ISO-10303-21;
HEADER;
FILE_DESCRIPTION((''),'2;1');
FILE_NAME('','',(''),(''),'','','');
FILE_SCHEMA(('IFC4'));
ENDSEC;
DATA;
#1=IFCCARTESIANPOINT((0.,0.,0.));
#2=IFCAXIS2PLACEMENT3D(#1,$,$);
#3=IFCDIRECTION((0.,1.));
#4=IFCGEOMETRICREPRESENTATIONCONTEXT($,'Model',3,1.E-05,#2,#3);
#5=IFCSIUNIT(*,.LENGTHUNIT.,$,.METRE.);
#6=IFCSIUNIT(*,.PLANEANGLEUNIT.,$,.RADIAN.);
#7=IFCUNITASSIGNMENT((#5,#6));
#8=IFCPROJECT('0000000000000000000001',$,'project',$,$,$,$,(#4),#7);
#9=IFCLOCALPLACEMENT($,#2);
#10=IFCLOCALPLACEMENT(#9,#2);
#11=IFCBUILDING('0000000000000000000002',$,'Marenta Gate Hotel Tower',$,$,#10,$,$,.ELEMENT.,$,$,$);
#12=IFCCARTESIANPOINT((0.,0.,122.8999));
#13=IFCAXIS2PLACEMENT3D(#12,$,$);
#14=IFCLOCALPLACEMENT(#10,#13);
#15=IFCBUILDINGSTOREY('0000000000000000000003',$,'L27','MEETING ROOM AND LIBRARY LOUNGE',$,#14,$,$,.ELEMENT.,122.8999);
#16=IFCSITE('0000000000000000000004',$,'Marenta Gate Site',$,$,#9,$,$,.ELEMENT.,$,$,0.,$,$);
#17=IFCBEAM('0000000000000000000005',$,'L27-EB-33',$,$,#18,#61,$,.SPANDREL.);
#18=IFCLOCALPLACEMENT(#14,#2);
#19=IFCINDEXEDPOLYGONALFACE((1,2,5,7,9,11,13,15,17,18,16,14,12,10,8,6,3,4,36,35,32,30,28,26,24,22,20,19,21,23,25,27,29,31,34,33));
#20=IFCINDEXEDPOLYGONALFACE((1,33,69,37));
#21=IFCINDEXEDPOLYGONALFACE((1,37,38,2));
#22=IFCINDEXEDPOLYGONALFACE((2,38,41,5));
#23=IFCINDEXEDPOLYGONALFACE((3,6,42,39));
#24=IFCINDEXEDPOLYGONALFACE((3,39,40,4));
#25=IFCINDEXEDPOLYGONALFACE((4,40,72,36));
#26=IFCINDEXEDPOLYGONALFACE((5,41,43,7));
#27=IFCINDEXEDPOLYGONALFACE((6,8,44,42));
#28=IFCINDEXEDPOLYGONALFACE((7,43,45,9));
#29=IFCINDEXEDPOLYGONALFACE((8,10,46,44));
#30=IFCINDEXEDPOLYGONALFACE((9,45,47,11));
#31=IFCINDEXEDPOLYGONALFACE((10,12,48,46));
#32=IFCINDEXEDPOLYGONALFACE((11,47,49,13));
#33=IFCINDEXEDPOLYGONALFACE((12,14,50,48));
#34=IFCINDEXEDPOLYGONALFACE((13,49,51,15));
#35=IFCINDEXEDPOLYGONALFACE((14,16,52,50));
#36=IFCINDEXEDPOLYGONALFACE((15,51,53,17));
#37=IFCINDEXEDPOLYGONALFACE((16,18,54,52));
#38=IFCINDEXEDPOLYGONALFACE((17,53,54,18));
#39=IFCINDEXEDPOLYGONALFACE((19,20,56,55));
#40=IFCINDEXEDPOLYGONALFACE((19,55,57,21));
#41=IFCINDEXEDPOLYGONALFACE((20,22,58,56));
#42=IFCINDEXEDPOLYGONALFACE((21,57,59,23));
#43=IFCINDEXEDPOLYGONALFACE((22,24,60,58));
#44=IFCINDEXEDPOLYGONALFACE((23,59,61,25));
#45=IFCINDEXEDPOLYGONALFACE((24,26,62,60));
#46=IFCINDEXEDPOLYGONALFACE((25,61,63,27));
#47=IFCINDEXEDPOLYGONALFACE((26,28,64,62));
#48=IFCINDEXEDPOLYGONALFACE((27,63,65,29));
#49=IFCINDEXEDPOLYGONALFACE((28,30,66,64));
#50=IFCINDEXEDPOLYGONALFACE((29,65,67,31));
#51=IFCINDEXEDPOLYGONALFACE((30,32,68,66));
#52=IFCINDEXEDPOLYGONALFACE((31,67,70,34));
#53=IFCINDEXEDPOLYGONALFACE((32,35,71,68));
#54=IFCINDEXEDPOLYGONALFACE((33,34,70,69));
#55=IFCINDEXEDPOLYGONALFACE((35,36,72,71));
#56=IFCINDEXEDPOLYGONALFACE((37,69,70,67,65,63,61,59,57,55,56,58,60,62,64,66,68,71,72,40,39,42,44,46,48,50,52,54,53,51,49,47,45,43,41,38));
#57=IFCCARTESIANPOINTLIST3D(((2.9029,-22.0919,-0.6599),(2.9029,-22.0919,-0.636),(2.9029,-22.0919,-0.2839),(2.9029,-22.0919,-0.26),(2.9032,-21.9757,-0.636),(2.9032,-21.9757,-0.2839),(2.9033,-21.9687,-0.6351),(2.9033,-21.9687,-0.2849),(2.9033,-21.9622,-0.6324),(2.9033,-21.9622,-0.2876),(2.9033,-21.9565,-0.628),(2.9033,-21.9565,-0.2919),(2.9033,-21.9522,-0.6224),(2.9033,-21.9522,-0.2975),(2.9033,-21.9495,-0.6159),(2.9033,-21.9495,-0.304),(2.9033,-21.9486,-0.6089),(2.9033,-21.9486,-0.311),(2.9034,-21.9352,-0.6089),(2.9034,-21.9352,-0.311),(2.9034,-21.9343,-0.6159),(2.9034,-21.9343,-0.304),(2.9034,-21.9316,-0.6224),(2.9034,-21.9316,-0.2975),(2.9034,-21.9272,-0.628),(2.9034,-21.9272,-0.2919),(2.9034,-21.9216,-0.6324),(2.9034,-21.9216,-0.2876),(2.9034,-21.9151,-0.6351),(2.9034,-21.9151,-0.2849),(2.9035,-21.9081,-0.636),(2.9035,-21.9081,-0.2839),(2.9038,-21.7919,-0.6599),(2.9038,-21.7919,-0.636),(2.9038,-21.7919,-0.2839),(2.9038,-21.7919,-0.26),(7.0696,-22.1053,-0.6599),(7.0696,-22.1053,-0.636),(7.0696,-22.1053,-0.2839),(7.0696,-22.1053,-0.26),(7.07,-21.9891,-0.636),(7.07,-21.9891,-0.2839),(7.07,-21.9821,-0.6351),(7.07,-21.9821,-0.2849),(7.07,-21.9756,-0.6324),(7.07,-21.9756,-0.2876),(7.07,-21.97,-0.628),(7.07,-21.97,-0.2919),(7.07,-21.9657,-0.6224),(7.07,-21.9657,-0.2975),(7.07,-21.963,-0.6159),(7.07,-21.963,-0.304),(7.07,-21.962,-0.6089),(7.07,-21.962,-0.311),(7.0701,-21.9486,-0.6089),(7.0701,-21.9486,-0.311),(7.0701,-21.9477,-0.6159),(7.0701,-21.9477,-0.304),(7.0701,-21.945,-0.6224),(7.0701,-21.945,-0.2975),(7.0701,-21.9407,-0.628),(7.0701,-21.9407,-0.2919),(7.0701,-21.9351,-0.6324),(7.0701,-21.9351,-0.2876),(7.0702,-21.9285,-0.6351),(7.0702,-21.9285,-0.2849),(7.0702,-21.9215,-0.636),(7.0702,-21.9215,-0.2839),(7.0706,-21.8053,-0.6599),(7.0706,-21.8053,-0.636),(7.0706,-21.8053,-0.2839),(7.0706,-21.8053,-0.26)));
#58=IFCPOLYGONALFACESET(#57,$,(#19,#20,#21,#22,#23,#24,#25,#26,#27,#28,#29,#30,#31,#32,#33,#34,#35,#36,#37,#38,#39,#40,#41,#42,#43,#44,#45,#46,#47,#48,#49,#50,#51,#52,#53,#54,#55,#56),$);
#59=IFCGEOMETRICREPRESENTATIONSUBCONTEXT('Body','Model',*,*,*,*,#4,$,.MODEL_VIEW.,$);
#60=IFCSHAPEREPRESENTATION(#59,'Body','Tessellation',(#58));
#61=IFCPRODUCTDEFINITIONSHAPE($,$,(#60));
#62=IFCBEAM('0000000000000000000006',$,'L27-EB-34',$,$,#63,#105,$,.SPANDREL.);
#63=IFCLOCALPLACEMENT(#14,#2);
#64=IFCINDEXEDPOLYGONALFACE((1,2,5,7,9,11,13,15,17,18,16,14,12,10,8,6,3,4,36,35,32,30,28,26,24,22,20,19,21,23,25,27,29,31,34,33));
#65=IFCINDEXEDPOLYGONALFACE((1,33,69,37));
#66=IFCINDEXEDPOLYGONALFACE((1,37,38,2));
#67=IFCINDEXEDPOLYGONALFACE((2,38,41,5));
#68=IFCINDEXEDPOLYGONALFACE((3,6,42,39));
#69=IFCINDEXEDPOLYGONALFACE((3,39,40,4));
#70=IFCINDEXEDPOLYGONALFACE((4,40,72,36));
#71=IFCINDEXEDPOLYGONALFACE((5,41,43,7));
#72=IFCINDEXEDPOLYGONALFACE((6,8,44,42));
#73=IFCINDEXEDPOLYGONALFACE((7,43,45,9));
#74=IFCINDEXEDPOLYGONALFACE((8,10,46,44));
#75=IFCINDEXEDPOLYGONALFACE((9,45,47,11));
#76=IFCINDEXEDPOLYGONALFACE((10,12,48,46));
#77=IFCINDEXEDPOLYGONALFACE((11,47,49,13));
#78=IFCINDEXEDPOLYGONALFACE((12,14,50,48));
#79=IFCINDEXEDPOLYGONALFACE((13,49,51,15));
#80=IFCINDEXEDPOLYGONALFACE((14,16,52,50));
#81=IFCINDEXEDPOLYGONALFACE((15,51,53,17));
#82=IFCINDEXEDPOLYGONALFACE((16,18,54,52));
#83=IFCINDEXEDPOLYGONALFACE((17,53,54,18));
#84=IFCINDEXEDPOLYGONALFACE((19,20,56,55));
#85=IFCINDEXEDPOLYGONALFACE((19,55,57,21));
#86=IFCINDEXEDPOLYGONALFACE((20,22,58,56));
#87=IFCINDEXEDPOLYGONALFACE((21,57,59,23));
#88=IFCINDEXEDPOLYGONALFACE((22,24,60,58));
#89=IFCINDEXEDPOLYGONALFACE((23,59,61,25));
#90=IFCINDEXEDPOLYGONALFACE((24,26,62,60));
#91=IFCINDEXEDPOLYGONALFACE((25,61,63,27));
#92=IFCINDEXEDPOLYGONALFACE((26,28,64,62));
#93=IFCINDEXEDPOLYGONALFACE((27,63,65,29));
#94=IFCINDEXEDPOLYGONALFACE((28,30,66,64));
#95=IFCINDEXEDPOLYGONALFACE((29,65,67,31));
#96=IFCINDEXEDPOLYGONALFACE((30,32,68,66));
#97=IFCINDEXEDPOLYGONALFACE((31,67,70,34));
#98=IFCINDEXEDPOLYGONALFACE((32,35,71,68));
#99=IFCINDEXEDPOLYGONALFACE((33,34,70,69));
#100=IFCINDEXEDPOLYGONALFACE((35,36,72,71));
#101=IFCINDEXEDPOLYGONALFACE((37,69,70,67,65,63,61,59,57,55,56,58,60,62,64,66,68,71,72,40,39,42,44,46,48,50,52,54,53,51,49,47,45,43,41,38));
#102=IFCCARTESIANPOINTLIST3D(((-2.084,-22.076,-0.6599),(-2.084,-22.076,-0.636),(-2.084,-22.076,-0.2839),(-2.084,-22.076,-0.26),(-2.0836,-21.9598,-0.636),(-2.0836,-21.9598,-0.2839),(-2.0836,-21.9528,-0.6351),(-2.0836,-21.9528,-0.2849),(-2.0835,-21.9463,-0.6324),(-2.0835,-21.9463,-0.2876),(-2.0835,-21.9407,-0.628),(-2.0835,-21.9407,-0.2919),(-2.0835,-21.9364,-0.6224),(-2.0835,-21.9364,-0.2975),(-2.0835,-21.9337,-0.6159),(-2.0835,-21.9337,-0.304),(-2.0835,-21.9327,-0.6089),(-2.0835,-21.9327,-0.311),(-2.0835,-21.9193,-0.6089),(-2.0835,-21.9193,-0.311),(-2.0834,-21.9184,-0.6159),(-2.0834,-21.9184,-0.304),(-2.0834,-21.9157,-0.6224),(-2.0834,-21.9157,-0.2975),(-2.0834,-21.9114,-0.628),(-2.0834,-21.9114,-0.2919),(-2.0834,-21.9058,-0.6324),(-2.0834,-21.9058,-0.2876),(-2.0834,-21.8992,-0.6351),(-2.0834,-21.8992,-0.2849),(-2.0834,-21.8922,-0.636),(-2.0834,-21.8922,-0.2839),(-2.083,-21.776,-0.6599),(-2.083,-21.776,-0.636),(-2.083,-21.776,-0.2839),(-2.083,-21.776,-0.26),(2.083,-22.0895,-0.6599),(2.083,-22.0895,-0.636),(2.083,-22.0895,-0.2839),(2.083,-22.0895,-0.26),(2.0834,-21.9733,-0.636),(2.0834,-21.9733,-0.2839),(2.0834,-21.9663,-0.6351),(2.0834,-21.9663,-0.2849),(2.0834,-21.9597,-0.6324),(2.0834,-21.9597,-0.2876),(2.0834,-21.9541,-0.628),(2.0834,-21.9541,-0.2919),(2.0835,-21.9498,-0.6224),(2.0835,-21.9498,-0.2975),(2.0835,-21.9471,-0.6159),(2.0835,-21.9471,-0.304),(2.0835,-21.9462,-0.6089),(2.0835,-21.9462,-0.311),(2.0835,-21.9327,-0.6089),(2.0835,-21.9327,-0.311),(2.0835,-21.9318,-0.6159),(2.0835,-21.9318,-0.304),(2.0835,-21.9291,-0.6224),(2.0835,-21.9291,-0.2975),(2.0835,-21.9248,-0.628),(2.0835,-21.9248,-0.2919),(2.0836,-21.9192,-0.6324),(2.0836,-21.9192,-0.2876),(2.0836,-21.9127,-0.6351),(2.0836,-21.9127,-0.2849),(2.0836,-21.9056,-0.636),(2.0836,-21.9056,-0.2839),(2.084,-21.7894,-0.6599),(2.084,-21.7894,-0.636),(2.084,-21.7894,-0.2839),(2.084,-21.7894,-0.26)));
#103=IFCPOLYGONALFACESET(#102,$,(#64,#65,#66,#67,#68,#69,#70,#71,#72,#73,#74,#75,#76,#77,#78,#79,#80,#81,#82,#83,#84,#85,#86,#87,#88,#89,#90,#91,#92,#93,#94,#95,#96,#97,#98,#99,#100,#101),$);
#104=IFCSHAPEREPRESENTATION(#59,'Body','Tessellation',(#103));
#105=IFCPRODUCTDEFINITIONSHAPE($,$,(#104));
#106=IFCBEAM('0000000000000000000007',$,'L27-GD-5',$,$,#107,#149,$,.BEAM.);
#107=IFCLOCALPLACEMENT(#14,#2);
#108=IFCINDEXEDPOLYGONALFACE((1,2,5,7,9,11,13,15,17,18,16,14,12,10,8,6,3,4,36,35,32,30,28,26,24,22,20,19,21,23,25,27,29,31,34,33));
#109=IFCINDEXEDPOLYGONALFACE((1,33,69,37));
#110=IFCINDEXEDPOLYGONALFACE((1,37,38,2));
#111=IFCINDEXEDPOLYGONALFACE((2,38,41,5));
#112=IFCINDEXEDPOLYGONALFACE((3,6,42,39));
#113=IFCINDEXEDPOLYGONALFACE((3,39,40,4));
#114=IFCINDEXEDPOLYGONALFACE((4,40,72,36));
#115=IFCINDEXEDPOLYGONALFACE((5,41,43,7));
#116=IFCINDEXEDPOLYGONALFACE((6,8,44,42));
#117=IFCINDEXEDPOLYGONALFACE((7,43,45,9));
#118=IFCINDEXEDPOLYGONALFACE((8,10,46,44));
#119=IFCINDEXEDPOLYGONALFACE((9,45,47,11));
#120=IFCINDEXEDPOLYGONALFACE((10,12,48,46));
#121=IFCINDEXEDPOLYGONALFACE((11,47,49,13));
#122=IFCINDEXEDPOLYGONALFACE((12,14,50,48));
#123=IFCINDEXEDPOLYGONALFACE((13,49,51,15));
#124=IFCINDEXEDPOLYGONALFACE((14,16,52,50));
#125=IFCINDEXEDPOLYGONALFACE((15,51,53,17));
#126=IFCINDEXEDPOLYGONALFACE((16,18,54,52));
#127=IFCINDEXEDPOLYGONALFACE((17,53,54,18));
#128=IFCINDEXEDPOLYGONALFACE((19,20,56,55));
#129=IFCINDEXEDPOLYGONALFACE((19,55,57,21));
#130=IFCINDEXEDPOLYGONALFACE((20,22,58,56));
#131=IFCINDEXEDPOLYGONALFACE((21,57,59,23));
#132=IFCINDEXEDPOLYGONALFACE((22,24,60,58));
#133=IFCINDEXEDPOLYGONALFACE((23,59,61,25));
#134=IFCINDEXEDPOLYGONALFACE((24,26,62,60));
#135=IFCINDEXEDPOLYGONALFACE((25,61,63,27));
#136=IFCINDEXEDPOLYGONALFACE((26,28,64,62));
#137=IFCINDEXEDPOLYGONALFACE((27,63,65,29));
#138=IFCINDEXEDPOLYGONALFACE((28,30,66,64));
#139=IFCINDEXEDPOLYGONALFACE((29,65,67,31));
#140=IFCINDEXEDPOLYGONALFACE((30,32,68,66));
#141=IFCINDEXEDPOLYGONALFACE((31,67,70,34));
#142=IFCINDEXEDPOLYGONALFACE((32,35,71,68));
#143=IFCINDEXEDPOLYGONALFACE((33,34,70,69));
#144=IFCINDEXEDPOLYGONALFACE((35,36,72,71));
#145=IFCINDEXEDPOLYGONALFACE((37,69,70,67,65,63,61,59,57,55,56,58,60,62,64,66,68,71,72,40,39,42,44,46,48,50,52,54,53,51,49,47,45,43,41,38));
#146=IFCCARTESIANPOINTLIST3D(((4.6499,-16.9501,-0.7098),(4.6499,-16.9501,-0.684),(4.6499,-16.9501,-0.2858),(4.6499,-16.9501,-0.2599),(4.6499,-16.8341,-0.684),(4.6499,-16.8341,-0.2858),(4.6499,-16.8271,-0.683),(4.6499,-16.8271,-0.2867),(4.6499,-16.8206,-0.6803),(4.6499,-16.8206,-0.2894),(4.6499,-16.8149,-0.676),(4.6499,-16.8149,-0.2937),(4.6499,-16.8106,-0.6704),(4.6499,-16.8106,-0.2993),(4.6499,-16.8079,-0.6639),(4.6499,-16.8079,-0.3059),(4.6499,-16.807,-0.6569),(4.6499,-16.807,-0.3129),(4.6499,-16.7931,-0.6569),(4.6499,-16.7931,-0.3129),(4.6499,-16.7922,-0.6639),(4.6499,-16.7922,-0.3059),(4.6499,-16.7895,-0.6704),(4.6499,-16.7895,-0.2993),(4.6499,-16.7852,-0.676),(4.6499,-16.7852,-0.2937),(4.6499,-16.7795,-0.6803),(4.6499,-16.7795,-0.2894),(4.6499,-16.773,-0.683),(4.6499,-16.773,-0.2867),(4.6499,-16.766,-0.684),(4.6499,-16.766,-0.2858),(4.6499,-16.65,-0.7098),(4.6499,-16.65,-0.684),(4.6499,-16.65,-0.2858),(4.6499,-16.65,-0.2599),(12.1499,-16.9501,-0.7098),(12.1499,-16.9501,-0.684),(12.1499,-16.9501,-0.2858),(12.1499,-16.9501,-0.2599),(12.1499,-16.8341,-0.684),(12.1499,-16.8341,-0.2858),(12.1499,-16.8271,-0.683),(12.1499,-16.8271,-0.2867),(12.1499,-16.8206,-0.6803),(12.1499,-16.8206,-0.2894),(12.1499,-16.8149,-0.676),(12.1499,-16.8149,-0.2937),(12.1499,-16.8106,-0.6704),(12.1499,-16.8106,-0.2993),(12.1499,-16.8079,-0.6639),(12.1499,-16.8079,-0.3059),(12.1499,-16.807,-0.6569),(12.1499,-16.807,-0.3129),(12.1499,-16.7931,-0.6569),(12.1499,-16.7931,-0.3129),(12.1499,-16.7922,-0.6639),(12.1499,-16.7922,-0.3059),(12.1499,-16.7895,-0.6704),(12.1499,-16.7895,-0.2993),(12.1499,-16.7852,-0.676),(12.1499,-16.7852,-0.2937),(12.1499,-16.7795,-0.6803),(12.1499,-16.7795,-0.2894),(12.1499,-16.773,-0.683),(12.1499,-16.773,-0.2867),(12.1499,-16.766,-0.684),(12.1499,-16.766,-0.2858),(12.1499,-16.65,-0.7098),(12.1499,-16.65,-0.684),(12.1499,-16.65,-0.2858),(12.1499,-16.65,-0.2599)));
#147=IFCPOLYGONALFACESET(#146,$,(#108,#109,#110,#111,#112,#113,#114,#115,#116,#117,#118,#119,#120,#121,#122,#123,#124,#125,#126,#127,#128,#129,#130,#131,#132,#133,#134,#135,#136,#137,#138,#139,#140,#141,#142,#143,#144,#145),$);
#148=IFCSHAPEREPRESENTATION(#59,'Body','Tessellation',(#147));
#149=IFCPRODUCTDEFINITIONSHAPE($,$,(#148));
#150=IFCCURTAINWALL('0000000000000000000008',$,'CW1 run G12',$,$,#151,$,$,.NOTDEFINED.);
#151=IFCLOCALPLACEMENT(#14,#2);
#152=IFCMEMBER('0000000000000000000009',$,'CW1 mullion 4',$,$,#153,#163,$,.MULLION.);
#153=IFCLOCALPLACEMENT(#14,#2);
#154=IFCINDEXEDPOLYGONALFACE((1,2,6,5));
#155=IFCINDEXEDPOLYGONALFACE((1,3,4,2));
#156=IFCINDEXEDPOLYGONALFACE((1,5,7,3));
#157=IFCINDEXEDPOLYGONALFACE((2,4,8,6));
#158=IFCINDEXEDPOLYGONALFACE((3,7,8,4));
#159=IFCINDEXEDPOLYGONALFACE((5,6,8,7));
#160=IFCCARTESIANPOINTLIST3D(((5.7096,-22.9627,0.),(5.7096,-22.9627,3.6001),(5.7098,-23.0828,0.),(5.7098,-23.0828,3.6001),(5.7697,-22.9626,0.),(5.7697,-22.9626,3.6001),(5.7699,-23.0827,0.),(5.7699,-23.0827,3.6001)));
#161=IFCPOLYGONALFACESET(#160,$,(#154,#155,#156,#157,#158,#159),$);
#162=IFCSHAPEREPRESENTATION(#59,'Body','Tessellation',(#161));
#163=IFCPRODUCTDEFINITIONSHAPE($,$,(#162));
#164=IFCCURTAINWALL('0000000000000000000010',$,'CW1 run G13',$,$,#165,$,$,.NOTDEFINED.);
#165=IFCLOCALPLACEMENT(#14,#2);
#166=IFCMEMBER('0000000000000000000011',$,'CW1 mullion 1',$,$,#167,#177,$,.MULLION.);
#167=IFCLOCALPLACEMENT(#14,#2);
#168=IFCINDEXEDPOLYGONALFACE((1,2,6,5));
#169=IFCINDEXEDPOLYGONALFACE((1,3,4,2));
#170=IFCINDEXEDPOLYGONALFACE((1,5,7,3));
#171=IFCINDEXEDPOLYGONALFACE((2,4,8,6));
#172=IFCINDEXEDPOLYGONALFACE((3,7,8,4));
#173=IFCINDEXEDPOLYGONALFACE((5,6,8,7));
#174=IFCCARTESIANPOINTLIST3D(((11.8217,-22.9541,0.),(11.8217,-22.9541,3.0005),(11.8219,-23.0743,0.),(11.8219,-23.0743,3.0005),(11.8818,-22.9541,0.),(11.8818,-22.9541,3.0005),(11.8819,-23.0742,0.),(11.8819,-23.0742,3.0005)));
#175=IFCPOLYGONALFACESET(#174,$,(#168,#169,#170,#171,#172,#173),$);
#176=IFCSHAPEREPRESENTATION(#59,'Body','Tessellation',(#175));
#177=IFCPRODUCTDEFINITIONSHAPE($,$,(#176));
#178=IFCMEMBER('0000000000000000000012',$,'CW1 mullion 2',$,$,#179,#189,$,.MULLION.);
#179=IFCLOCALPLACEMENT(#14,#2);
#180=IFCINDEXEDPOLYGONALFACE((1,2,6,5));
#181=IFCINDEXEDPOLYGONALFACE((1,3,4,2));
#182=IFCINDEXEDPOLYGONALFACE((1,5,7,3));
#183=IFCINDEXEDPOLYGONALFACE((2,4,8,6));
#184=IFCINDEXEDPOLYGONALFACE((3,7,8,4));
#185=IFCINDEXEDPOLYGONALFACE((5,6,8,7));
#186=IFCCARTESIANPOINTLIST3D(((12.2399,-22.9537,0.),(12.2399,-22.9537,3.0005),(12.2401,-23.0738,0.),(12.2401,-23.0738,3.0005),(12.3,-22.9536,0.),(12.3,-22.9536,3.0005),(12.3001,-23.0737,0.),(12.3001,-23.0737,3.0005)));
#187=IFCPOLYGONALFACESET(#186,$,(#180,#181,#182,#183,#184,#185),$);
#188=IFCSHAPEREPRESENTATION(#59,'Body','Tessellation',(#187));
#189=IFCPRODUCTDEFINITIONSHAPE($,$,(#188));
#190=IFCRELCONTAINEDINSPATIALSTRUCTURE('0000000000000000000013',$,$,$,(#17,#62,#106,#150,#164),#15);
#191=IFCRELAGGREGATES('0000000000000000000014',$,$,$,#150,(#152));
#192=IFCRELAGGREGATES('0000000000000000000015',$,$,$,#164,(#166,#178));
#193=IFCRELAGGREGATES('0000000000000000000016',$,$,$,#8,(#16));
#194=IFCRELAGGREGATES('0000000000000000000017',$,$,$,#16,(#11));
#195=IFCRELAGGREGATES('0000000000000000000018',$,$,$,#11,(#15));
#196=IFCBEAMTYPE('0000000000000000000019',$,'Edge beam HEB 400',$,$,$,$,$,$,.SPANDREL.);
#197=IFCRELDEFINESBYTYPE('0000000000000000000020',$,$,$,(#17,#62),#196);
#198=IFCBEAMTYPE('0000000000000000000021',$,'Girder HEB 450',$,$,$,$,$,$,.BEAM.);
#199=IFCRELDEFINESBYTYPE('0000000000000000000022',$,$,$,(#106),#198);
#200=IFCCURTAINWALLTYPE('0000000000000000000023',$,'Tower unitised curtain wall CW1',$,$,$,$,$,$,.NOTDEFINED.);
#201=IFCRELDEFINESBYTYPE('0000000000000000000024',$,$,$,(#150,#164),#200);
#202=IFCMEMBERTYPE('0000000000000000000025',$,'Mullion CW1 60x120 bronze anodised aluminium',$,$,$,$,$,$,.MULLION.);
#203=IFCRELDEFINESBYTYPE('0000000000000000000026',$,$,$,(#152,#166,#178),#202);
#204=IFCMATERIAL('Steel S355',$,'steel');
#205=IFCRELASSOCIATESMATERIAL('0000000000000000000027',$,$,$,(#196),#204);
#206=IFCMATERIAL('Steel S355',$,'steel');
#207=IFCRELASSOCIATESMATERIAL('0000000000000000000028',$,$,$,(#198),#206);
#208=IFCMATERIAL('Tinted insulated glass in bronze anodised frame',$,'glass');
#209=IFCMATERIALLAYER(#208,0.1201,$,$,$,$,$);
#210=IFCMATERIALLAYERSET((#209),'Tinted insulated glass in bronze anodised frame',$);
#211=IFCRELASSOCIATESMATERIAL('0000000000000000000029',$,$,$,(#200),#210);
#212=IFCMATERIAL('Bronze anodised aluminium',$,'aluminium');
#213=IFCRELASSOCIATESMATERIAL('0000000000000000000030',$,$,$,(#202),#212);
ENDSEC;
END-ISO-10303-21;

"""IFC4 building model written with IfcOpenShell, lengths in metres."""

from ifc_helpers import new_model, si_unit, direction, frame, origin, origin_2d, place, context, subcontext, project, spatial, rectangle, i_section, extrude, material, layer, layer_set, material_profile, profile_set, type_object, element, aggregate, save


model = new_model("IFC4")

# Units and contexts
model_context = context("Model", 3, precision=1e-05, world=origin(), true_north=direction((0.0, 1.0)))
body_context = subcontext(model_context, "Body", "Model", "MODEL_VIEW")
ifc_project = project(units=[si_unit("LENGTHUNIT", "METRE"), si_unit("PLANEANGLEUNIT", "RADIAN")], contexts=[model_context])

# Site, building, storey
site_placement = place(None, origin())
site = spatial("IfcSite", under=ifc_project, at=site_placement, Name="Marenta Gate Site", CompositionType="ELEMENT", RefElevation=0.0)
building_placement = place(site_placement, origin())
building = spatial("IfcBuilding", under=site, at=building_placement, Name="Marenta Gate Hotel Tower", CompositionType="ELEMENT")
storey_placement = place(building_placement, frame((0.0, 0.0, 122.8999)))
storey = spatial("IfcBuildingStorey", under=building, at=storey_placement, Name="L27", Description="MEETING ROOM AND LIBRARY LOUNGE", CompositionType="ELEMENT", Elevation=122.8999)

# Beams
ifc_material_1 = material(Name="Steel S355", Category="steel")
ifc_material_profile_1 = material_profile(ifc_material_1, i_section(OverallWidth=0.3, OverallDepth=0.3999, WebThickness=0.0134, FlangeThickness=0.0239, FilletRadius=0.0271, at=origin_2d()), Name="HEB 400")
ifc_profile_set_1 = profile_set([ifc_material_profile_1], Name="Steel S355")
beam_type_1 = type_object("IfcBeamType", Name="Edge beam HEB 400", PredefinedType="SPANDREL", material=ifc_profile_set_1)
beam_1_placement = place(storey_placement, frame((7.0701, -21.9553, -0.46), z_axis=(-0.999995, 0.003223, 0.0), x_axis=(-0.003223, -0.999995, 0.0)))
element("IfcBeam", 1, at=beam_1_placement, inside=storey, type_object=beam_type_1, Name="L27-EB-33", PredefinedType="SPANDREL", context=body_context, shape_type="SweptSolid", body=[
    extrude(i_section(OverallWidth=0.3, OverallDepth=0.3999, WebThickness=0.0134, FlangeThickness=0.0239, FilletRadius=0.0271, at=origin_2d()), origin(), (0.0, 0.0, 1.0), 4.1667),
])
beam_2_placement = place(storey_placement, frame((2.0835, -21.9395, -0.46), z_axis=(-0.999995, 0.003222, 0.0), x_axis=(-0.003222, -0.999995, 0.0)))
element("IfcBeam", 2, at=beam_2_placement, inside=storey, type_object=beam_type_1, Name="L27-EB-34", PredefinedType="SPANDREL", context=body_context, shape_type="SweptSolid", body=[
    extrude(i_section(OverallWidth=0.3, OverallDepth=0.3999, WebThickness=0.0134, FlangeThickness=0.0239, FilletRadius=0.0271, at=origin_2d()), origin(), (0.0, 0.0, 1.0), 4.167),
])
ifc_material_2 = material(Name="Steel S355", Category="steel")
ifc_material_profile_2 = material_profile(ifc_material_2, i_section(OverallWidth=0.3, OverallDepth=0.45, WebThickness=0.0139, FlangeThickness=0.0259, FilletRadius=0.0271, at=origin_2d()), Name="HEB 450")
ifc_profile_set_2 = profile_set([ifc_material_profile_2], Name="Steel S355")
beam_type_2 = type_object("IfcBeamType", Name="Girder HEB 450", PredefinedType="BEAM", material=ifc_profile_set_2)
beam_3_placement = place(storey_placement, frame((4.6499, -16.8, -0.4849), z_axis=(1.0, 0.0, 0.0), x_axis=(0.0, 1.0, 0.0)))
element("IfcBeam", 3, at=beam_3_placement, inside=storey, type_object=beam_type_2, Name="L27-GD-5", PredefinedType="BEAM", context=body_context, shape_type="SweptSolid", body=[
    extrude(i_section(OverallWidth=0.3, OverallDepth=0.45, WebThickness=0.0139, FlangeThickness=0.0259, FilletRadius=0.0271, at=origin_2d()), origin(), (0.0, 0.0, 1.0), 7.5),
])

# Curtain wall, member
ifc_material_3 = material(Name="Tinted insulated glass in bronze anodised frame", Category="glass")
ifc_layer_1 = layer(ifc_material_3, 0.1201)
ifc_layer_set_1 = layer_set([ifc_layer_1], Name="Tinted insulated glass in bronze anodised frame")
curtain_wall_type = type_object("IfcCurtainWallType", Name="Tower unitised curtain wall CW1", PredefinedType="NOTDEFINED", material=ifc_layer_set_1)
curtain_wall_1_placement = place(storey_placement, origin())
curtain_wall_1 = element("IfcCurtainWall", 4, at=curtain_wall_1_placement, inside=storey, type_object=curtain_wall_type, Name="CW1 run G12", PredefinedType="NOTDEFINED")
ifc_material_4 = material(Name="Bronze anodised aluminium", Category="aluminium")
ifc_material_profile_3 = material_profile(ifc_material_4, rectangle(XDim=0.1201, YDim=0.0601, at=origin_2d()), Name="Mullion CW1 60x120 bronze anodised aluminium")
ifc_profile_set_3 = profile_set([ifc_material_profile_3], Name="Bronze anodised aluminium")
member_type_1 = type_object("IfcMemberType", Name="Mullion CW1 60x120 bronze anodised aluminium", PredefinedType="MULLION", material=ifc_profile_set_3)
member_1_placement = place(storey_placement, frame((5.7397, -23.0227, 0.0), z_axis=(0.0, 0.0, 1.0), x_axis=(-0.001365, 0.999999, 0.0)))
member_1 = element("IfcMember", 5, at=member_1_placement, type_object=member_type_1, Name="CW1 mullion 4", PredefinedType="MULLION", context=body_context, shape_type="SweptSolid", body=[
    extrude(rectangle(XDim=0.1201, YDim=0.0601, at=origin_2d()), origin(), (0.0, 0.0, 1.0), 3.6001),
])

# Curtain wall, members
curtain_wall_2_placement = place(storey_placement, origin())
curtain_wall_2 = element("IfcCurtainWall", 6, at=curtain_wall_2_placement, inside=storey, type_object=curtain_wall_type, Name="CW1 run G13", PredefinedType="NOTDEFINED")
member_2_placement = place(storey_placement, frame((11.8518, -23.0142, 0.0), z_axis=(0.0, 0.0, 1.0), x_axis=(-0.001255, 0.999999, 0.0)))
member_2 = element("IfcMember", 7, at=member_2_placement, type_object=member_type_1, Name="CW1 mullion 1", PredefinedType="MULLION", context=body_context, shape_type="SweptSolid", body=[
    extrude(rectangle(XDim=0.1201, YDim=0.0601, at=origin_2d()), origin(), (0.0, 0.0, 1.0), 3.0005),
])
member_3_placement = place(storey_placement, frame((12.27, -23.0137, 0.0), z_axis=(0.0, 0.0, 1.0), x_axis=(-0.001255, 0.999999, 0.0)))
member_3 = element("IfcMember", 8, at=member_3_placement, type_object=member_type_1, Name="CW1 mullion 2", PredefinedType="MULLION", context=body_context, shape_type="SweptSolid", body=[
    extrude(rectangle(XDim=0.1201, YDim=0.0601, at=origin_2d()), origin(), (0.0, 0.0, 1.0), 3.0005),
])

aggregate(curtain_wall_1, [member_1])
aggregate(curtain_wall_2, [member_2, member_3])

save(model, "model.ifc")
